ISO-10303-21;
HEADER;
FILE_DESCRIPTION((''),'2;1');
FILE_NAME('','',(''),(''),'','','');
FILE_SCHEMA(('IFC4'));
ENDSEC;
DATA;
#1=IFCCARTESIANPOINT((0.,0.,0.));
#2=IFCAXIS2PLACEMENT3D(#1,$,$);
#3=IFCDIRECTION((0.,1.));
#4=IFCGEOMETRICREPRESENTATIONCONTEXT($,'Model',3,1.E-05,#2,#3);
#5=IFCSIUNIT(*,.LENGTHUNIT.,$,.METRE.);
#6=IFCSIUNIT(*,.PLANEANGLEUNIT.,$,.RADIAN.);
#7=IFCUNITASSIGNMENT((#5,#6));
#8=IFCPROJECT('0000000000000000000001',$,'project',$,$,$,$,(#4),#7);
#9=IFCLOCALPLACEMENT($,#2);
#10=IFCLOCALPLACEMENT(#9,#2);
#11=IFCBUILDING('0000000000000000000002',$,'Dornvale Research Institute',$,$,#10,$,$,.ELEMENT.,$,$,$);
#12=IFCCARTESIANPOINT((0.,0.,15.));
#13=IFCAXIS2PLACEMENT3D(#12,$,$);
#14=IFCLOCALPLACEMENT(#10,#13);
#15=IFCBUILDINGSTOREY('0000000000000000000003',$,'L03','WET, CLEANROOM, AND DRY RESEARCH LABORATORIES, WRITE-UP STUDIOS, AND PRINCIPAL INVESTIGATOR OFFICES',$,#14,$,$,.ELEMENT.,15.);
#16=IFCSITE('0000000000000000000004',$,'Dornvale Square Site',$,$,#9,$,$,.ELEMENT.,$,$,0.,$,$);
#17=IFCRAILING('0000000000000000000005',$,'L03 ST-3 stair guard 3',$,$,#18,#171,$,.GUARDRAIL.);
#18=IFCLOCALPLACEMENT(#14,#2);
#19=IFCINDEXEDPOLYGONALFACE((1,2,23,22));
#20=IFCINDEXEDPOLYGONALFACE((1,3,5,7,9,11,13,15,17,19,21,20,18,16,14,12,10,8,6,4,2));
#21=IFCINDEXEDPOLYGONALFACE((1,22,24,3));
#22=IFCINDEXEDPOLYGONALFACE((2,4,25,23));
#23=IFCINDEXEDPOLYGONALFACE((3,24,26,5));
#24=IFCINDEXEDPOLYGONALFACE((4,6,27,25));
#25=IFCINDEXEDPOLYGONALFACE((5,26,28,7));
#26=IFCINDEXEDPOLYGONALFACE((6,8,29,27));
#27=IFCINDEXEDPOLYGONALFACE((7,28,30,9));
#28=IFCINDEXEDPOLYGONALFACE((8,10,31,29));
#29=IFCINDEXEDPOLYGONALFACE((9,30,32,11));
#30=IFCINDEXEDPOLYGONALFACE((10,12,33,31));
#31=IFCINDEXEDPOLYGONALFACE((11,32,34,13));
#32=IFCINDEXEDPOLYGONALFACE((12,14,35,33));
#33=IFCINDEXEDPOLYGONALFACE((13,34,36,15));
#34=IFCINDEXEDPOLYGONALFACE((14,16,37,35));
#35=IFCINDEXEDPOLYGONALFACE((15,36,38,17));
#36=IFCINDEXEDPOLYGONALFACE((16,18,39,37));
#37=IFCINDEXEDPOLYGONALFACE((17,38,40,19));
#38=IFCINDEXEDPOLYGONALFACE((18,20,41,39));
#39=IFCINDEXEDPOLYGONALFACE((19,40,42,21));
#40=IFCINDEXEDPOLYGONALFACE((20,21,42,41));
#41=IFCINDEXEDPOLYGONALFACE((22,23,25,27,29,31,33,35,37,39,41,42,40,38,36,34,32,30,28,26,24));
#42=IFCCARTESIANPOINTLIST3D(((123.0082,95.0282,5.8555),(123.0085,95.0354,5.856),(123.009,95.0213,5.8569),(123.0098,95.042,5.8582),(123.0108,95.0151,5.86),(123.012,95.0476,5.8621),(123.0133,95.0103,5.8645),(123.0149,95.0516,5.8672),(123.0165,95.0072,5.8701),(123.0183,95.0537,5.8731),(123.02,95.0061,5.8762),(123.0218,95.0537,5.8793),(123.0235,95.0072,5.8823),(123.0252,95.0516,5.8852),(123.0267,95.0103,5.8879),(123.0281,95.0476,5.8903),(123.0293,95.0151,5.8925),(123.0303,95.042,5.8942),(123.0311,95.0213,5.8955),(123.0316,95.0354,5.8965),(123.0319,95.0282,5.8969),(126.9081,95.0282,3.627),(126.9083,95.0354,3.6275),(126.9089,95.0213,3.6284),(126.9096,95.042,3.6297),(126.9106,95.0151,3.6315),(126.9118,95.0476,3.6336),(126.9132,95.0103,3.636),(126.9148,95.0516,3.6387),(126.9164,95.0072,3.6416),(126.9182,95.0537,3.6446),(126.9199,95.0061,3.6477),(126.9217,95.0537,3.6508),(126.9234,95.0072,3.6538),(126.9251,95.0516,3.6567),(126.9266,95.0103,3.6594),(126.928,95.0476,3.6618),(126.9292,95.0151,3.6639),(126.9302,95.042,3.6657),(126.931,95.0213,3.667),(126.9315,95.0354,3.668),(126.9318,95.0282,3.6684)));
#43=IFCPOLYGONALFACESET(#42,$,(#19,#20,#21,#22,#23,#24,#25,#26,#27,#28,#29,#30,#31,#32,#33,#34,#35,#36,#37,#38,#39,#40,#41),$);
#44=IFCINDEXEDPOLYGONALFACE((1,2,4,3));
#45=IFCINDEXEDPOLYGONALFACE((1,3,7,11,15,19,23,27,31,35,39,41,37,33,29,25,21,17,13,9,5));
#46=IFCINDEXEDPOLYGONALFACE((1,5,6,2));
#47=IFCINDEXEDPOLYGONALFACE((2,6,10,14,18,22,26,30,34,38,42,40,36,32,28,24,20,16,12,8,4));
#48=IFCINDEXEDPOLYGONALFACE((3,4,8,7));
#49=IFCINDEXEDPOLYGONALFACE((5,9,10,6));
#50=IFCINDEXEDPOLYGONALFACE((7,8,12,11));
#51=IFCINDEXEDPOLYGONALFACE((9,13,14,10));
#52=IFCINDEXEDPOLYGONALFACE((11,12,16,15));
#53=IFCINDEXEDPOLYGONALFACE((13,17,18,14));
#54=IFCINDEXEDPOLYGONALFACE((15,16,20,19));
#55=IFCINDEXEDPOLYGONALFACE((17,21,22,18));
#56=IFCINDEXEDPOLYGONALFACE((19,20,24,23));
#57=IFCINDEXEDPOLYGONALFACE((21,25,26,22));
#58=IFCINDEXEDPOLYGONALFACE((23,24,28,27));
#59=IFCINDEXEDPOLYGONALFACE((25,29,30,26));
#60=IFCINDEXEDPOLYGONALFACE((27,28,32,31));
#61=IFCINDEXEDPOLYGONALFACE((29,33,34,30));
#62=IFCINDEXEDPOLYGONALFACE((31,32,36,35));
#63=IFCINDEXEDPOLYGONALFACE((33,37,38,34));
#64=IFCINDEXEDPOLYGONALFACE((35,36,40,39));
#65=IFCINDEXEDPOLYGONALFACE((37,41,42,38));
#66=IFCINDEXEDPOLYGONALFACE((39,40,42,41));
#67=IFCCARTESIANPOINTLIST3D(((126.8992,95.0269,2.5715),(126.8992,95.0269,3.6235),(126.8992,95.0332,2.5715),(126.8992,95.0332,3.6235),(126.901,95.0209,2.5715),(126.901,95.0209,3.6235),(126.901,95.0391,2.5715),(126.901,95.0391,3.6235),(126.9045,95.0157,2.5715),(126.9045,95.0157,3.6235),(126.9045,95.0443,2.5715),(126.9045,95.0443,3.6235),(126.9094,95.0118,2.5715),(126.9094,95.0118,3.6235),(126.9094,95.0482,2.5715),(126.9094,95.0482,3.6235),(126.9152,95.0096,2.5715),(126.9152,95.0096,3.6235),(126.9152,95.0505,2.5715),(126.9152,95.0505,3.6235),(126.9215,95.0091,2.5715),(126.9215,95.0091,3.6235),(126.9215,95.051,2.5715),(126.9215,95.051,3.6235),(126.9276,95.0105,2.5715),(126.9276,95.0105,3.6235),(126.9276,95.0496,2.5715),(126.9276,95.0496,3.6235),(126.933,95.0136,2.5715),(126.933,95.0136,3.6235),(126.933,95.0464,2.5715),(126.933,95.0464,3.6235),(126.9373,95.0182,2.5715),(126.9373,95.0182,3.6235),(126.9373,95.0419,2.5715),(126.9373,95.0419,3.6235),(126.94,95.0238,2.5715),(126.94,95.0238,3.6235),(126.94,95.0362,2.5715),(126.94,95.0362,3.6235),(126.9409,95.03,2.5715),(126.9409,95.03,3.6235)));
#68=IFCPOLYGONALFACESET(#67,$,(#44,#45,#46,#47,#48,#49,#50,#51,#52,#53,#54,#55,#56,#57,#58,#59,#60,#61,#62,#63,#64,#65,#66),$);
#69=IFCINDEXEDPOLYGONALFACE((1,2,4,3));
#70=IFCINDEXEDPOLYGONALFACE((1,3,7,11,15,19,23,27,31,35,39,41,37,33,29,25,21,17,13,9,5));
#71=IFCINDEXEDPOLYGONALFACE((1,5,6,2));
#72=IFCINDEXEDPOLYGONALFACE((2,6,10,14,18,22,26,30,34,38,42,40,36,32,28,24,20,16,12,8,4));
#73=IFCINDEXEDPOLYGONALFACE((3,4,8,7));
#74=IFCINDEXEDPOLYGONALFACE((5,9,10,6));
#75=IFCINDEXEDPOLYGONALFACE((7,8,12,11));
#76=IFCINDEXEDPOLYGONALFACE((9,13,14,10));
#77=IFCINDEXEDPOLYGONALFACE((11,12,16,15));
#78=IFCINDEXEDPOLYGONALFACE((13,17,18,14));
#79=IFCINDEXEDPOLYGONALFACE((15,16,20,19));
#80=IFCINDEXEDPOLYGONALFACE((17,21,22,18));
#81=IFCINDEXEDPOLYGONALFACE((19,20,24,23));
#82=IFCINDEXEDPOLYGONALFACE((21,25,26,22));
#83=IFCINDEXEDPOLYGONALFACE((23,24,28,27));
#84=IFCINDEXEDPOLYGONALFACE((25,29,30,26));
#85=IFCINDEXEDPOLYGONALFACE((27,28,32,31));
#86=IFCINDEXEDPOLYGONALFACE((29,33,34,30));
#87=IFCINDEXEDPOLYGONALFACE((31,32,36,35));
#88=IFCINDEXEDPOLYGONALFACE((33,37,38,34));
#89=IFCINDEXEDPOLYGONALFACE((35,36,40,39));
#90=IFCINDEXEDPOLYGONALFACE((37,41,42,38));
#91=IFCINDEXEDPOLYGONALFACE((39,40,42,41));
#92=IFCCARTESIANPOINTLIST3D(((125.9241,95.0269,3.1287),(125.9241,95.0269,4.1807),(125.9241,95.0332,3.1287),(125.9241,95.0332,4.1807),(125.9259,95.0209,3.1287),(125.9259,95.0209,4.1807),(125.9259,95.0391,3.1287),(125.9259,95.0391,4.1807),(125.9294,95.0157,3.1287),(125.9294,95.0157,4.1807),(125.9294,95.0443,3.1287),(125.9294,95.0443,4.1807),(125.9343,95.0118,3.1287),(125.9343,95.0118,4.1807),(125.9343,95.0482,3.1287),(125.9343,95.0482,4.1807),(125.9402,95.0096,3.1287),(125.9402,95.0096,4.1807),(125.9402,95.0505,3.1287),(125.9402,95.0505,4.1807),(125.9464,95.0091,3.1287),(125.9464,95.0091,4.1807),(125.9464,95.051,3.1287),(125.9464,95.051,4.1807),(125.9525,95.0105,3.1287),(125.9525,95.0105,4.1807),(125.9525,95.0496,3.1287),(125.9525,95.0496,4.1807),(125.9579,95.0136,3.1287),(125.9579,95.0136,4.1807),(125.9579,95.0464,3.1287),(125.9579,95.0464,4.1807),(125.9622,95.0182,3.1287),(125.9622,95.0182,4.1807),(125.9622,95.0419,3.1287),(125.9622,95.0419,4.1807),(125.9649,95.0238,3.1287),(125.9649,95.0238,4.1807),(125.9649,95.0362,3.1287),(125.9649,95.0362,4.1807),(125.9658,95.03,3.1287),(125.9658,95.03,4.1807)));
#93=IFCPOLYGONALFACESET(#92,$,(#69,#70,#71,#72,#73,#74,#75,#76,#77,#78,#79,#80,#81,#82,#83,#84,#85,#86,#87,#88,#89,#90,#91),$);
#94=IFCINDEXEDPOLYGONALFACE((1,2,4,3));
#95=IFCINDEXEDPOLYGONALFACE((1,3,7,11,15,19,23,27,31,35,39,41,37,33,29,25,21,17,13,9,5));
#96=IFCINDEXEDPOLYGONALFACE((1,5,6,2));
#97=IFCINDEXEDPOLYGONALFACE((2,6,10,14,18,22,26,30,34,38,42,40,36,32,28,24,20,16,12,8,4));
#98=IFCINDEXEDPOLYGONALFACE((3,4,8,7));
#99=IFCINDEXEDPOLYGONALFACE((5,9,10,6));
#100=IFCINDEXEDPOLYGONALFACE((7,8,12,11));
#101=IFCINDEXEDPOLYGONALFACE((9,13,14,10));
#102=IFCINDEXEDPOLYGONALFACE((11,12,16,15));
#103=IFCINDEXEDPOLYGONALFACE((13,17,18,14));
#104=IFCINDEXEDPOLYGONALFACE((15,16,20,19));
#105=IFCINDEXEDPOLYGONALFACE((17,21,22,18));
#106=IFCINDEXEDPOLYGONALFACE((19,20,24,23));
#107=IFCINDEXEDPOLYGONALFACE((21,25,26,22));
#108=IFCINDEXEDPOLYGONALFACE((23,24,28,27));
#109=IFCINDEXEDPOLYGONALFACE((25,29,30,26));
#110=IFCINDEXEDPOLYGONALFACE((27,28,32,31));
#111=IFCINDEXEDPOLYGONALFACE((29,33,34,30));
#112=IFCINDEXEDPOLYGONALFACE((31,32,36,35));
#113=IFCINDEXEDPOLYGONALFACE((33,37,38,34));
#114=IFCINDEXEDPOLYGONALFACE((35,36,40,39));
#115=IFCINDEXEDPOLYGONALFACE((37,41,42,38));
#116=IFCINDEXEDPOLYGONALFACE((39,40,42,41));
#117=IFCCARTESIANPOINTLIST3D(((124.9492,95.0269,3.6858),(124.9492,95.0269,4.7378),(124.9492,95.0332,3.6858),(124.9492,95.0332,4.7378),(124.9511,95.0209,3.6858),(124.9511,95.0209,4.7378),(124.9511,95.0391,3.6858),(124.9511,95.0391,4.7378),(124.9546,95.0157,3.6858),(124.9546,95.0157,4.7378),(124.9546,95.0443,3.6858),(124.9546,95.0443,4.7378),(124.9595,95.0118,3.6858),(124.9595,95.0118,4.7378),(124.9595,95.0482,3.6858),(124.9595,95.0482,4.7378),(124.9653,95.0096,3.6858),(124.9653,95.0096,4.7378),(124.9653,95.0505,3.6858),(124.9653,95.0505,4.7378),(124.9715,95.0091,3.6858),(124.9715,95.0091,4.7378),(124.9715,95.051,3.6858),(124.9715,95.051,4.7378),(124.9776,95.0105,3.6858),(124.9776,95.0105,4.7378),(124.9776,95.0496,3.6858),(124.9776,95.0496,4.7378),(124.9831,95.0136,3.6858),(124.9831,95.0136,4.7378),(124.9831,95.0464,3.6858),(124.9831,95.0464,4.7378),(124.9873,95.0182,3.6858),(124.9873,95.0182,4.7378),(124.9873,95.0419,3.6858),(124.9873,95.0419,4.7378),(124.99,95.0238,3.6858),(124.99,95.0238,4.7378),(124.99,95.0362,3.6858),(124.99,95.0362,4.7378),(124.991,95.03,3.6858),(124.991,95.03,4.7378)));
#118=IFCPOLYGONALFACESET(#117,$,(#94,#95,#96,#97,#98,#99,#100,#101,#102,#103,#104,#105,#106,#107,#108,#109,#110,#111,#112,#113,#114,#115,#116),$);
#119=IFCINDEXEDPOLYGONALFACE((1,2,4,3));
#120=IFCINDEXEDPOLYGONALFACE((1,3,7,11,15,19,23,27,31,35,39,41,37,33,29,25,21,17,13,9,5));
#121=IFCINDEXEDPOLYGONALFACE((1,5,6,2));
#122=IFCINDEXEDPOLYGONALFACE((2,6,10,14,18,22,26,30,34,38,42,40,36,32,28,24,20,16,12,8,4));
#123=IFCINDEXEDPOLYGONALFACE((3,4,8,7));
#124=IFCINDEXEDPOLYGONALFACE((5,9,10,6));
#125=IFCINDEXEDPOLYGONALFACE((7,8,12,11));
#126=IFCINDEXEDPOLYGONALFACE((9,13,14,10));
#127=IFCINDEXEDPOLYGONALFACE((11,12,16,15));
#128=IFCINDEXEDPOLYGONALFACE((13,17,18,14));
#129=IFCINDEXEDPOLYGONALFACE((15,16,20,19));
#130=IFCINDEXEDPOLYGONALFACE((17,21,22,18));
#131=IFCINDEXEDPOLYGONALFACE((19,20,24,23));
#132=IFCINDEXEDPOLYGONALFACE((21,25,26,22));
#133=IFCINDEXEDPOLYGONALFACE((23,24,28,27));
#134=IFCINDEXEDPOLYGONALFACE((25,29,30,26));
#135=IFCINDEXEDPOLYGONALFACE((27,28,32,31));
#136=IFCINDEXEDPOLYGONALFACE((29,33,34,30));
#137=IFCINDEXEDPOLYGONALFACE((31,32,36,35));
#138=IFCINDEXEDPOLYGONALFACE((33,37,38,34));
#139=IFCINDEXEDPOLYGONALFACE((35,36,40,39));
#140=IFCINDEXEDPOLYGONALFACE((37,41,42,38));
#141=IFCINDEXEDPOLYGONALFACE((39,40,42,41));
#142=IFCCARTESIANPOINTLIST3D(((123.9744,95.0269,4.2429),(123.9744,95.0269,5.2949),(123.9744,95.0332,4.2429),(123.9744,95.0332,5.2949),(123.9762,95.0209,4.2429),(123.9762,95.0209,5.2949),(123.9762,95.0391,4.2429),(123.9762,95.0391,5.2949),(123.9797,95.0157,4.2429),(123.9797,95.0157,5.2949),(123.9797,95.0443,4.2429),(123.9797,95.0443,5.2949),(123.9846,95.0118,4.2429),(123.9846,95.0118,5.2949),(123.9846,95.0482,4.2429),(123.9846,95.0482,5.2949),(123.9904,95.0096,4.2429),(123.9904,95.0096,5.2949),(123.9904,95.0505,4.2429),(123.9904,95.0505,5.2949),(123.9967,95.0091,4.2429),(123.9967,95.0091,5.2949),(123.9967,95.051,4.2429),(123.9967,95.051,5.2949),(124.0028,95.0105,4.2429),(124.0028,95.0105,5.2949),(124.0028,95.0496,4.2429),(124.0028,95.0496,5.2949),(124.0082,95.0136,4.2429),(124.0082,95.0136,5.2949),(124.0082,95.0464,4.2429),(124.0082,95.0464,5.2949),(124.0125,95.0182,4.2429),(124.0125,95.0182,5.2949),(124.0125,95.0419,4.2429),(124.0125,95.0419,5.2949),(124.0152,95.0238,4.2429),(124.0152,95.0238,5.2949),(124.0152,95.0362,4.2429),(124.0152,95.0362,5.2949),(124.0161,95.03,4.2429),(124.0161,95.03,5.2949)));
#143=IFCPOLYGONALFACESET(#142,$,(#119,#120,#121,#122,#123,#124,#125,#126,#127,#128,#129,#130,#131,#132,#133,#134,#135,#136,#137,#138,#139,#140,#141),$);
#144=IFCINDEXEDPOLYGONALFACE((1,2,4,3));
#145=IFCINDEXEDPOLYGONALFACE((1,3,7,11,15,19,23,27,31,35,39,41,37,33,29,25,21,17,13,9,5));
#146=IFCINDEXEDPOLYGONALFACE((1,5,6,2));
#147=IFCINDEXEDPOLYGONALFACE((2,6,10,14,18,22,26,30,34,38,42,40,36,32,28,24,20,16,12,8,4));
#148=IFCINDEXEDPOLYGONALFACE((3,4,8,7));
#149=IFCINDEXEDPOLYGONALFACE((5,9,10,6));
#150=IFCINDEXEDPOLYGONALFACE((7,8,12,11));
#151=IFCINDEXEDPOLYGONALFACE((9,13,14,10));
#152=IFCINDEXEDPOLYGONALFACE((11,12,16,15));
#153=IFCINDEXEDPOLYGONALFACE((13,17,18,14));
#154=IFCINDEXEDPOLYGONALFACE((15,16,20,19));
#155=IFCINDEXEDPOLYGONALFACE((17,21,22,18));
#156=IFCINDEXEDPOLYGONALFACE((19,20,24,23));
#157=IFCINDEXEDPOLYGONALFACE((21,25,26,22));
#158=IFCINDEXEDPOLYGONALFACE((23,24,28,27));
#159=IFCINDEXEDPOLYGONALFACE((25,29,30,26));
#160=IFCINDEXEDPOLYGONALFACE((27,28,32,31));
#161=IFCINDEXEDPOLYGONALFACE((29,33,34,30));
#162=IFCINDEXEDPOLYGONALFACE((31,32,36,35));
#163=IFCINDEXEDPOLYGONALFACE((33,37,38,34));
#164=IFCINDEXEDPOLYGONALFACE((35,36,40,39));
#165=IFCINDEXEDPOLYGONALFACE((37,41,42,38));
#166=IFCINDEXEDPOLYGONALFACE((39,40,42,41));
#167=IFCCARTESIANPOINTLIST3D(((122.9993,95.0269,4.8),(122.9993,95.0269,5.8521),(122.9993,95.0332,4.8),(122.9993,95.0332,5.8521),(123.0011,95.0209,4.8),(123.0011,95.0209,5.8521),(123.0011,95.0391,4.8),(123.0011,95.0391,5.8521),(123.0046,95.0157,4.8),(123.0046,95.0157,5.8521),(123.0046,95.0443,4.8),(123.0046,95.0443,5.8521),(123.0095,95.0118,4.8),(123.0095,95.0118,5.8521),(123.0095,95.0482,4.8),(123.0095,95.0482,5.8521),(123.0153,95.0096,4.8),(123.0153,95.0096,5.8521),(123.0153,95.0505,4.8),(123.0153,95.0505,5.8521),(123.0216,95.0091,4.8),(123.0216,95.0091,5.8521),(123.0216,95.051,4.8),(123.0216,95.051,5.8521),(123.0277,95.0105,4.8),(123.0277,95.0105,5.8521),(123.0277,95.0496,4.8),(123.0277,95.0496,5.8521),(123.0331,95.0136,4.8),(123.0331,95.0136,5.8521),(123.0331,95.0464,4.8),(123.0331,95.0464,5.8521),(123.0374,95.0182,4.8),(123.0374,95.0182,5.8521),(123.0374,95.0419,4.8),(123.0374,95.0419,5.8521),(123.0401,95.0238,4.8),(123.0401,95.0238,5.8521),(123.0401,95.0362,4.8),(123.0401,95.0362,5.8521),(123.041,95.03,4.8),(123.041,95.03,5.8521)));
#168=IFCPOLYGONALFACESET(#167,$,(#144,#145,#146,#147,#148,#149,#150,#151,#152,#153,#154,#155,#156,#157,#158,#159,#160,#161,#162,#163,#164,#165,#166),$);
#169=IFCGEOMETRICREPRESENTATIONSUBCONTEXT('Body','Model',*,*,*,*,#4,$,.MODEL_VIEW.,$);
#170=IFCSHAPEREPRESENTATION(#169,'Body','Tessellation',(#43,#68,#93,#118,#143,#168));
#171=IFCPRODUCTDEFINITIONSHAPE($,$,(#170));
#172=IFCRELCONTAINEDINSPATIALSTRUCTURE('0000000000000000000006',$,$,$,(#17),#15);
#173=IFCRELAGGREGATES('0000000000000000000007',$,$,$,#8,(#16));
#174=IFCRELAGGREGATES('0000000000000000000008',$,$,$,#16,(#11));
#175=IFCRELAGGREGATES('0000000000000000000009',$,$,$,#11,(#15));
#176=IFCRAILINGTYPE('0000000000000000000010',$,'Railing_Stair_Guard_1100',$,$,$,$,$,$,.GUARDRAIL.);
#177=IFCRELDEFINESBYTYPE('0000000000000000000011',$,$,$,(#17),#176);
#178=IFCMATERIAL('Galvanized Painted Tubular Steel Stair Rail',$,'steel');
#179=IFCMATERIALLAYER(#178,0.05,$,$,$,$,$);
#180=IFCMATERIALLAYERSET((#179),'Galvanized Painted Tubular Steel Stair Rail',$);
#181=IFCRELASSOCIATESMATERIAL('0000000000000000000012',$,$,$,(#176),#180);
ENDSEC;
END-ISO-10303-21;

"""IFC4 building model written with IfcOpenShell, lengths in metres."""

from ifc_helpers import new_model, si_unit, direction, frame, origin, origin_2d, place, context, subcontext, project, spatial, circle, extrude, material, layer, layer_set, type_object, element, save


model = new_model("IFC4")

# Units and contexts
model_context = context("Model", 3, precision=1e-05, world=origin(), true_north=direction((0.0, 1.0)))
body_context = subcontext(model_context, "Body", "Model", "MODEL_VIEW")
ifc_project = project(units=[si_unit("LENGTHUNIT", "METRE"), si_unit("PLANEANGLEUNIT", "RADIAN")], contexts=[model_context])

# Site, building, storey
site_placement = place(None, origin())
site = spatial("IfcSite", under=ifc_project, at=site_placement, Name="Dornvale Square Site", CompositionType="ELEMENT", RefElevation=0.0)
building_placement = place(site_placement, origin())
building = spatial("IfcBuilding", under=site, at=building_placement, Name="Dornvale Research Institute", CompositionType="ELEMENT")
storey_placement = place(building_placement, frame((0.0, 0.0, 15.0)))
storey = spatial("IfcBuildingStorey", under=building, at=storey_placement, Name="L03", Description="WET, CLEANROOM, AND DRY RESEARCH LABORATORIES, WRITE-UP STUDIOS, AND PRINCIPAL INVESTIGATOR OFFICES", CompositionType="ELEMENT", Elevation=15.0)

# Railing
ifc_material_1 = material(Name="Galvanized Painted Tubular Steel Stair Rail", Category="steel")
ifc_layer_1 = layer(ifc_material_1, 0.05)
ifc_layer_set_1 = layer_set([ifc_layer_1], Name="Galvanized Painted Tubular Steel Stair Rail")
railing_type_1 = type_object("IfcRailingType", Name="Railing_Stair_Guard_1100", PredefinedType="GUARDRAIL", material=ifc_layer_set_1)
railing_1_placement = place(storey_placement, frame((126.9199, 95.03, 2.5715)))
element("IfcRailing", 1, at=railing_1_placement, inside=storey, type_object=railing_type_1, Name="L03 ST-3 stair guard 3", PredefinedType="GUARDRAIL", context=body_context, shape_type="SweptSolid", body=[
    extrude(circle(Radius=0.0239, at=origin_2d()), frame((0.0, 0.0, 1.0762), z_axis=(-0.868243, 0.0, 0.496139), x_axis=(0.0, -1.0, 0.0)), (0.0, 0.0, 1.0), 4.4917),
    extrude(circle(Radius=0.021, at=origin_2d()), origin(), (0.0, 0.0, 1.0), 1.052),
    extrude(circle(Radius=0.021, at=origin_2d()), frame((-0.9751, 0.0, 0.5571)), (0.0, 0.0, 1.0), 1.052),
    extrude(circle(Radius=0.021, at=origin_2d()), frame((-1.95, 0.0, 1.1143)), (0.0, 0.0, 1.0), 1.052),
    extrude(circle(Radius=0.021, at=origin_2d()), frame((-2.9248, 0.0, 1.6714)), (0.0, 0.0, 1.0), 1.052),
    extrude(circle(Radius=0.021, at=origin_2d()), frame((-3.8999, 0.0, 2.2285)), (0.0, 0.0, 1.0), 1.052),
])

save(model, "model.ifc")
